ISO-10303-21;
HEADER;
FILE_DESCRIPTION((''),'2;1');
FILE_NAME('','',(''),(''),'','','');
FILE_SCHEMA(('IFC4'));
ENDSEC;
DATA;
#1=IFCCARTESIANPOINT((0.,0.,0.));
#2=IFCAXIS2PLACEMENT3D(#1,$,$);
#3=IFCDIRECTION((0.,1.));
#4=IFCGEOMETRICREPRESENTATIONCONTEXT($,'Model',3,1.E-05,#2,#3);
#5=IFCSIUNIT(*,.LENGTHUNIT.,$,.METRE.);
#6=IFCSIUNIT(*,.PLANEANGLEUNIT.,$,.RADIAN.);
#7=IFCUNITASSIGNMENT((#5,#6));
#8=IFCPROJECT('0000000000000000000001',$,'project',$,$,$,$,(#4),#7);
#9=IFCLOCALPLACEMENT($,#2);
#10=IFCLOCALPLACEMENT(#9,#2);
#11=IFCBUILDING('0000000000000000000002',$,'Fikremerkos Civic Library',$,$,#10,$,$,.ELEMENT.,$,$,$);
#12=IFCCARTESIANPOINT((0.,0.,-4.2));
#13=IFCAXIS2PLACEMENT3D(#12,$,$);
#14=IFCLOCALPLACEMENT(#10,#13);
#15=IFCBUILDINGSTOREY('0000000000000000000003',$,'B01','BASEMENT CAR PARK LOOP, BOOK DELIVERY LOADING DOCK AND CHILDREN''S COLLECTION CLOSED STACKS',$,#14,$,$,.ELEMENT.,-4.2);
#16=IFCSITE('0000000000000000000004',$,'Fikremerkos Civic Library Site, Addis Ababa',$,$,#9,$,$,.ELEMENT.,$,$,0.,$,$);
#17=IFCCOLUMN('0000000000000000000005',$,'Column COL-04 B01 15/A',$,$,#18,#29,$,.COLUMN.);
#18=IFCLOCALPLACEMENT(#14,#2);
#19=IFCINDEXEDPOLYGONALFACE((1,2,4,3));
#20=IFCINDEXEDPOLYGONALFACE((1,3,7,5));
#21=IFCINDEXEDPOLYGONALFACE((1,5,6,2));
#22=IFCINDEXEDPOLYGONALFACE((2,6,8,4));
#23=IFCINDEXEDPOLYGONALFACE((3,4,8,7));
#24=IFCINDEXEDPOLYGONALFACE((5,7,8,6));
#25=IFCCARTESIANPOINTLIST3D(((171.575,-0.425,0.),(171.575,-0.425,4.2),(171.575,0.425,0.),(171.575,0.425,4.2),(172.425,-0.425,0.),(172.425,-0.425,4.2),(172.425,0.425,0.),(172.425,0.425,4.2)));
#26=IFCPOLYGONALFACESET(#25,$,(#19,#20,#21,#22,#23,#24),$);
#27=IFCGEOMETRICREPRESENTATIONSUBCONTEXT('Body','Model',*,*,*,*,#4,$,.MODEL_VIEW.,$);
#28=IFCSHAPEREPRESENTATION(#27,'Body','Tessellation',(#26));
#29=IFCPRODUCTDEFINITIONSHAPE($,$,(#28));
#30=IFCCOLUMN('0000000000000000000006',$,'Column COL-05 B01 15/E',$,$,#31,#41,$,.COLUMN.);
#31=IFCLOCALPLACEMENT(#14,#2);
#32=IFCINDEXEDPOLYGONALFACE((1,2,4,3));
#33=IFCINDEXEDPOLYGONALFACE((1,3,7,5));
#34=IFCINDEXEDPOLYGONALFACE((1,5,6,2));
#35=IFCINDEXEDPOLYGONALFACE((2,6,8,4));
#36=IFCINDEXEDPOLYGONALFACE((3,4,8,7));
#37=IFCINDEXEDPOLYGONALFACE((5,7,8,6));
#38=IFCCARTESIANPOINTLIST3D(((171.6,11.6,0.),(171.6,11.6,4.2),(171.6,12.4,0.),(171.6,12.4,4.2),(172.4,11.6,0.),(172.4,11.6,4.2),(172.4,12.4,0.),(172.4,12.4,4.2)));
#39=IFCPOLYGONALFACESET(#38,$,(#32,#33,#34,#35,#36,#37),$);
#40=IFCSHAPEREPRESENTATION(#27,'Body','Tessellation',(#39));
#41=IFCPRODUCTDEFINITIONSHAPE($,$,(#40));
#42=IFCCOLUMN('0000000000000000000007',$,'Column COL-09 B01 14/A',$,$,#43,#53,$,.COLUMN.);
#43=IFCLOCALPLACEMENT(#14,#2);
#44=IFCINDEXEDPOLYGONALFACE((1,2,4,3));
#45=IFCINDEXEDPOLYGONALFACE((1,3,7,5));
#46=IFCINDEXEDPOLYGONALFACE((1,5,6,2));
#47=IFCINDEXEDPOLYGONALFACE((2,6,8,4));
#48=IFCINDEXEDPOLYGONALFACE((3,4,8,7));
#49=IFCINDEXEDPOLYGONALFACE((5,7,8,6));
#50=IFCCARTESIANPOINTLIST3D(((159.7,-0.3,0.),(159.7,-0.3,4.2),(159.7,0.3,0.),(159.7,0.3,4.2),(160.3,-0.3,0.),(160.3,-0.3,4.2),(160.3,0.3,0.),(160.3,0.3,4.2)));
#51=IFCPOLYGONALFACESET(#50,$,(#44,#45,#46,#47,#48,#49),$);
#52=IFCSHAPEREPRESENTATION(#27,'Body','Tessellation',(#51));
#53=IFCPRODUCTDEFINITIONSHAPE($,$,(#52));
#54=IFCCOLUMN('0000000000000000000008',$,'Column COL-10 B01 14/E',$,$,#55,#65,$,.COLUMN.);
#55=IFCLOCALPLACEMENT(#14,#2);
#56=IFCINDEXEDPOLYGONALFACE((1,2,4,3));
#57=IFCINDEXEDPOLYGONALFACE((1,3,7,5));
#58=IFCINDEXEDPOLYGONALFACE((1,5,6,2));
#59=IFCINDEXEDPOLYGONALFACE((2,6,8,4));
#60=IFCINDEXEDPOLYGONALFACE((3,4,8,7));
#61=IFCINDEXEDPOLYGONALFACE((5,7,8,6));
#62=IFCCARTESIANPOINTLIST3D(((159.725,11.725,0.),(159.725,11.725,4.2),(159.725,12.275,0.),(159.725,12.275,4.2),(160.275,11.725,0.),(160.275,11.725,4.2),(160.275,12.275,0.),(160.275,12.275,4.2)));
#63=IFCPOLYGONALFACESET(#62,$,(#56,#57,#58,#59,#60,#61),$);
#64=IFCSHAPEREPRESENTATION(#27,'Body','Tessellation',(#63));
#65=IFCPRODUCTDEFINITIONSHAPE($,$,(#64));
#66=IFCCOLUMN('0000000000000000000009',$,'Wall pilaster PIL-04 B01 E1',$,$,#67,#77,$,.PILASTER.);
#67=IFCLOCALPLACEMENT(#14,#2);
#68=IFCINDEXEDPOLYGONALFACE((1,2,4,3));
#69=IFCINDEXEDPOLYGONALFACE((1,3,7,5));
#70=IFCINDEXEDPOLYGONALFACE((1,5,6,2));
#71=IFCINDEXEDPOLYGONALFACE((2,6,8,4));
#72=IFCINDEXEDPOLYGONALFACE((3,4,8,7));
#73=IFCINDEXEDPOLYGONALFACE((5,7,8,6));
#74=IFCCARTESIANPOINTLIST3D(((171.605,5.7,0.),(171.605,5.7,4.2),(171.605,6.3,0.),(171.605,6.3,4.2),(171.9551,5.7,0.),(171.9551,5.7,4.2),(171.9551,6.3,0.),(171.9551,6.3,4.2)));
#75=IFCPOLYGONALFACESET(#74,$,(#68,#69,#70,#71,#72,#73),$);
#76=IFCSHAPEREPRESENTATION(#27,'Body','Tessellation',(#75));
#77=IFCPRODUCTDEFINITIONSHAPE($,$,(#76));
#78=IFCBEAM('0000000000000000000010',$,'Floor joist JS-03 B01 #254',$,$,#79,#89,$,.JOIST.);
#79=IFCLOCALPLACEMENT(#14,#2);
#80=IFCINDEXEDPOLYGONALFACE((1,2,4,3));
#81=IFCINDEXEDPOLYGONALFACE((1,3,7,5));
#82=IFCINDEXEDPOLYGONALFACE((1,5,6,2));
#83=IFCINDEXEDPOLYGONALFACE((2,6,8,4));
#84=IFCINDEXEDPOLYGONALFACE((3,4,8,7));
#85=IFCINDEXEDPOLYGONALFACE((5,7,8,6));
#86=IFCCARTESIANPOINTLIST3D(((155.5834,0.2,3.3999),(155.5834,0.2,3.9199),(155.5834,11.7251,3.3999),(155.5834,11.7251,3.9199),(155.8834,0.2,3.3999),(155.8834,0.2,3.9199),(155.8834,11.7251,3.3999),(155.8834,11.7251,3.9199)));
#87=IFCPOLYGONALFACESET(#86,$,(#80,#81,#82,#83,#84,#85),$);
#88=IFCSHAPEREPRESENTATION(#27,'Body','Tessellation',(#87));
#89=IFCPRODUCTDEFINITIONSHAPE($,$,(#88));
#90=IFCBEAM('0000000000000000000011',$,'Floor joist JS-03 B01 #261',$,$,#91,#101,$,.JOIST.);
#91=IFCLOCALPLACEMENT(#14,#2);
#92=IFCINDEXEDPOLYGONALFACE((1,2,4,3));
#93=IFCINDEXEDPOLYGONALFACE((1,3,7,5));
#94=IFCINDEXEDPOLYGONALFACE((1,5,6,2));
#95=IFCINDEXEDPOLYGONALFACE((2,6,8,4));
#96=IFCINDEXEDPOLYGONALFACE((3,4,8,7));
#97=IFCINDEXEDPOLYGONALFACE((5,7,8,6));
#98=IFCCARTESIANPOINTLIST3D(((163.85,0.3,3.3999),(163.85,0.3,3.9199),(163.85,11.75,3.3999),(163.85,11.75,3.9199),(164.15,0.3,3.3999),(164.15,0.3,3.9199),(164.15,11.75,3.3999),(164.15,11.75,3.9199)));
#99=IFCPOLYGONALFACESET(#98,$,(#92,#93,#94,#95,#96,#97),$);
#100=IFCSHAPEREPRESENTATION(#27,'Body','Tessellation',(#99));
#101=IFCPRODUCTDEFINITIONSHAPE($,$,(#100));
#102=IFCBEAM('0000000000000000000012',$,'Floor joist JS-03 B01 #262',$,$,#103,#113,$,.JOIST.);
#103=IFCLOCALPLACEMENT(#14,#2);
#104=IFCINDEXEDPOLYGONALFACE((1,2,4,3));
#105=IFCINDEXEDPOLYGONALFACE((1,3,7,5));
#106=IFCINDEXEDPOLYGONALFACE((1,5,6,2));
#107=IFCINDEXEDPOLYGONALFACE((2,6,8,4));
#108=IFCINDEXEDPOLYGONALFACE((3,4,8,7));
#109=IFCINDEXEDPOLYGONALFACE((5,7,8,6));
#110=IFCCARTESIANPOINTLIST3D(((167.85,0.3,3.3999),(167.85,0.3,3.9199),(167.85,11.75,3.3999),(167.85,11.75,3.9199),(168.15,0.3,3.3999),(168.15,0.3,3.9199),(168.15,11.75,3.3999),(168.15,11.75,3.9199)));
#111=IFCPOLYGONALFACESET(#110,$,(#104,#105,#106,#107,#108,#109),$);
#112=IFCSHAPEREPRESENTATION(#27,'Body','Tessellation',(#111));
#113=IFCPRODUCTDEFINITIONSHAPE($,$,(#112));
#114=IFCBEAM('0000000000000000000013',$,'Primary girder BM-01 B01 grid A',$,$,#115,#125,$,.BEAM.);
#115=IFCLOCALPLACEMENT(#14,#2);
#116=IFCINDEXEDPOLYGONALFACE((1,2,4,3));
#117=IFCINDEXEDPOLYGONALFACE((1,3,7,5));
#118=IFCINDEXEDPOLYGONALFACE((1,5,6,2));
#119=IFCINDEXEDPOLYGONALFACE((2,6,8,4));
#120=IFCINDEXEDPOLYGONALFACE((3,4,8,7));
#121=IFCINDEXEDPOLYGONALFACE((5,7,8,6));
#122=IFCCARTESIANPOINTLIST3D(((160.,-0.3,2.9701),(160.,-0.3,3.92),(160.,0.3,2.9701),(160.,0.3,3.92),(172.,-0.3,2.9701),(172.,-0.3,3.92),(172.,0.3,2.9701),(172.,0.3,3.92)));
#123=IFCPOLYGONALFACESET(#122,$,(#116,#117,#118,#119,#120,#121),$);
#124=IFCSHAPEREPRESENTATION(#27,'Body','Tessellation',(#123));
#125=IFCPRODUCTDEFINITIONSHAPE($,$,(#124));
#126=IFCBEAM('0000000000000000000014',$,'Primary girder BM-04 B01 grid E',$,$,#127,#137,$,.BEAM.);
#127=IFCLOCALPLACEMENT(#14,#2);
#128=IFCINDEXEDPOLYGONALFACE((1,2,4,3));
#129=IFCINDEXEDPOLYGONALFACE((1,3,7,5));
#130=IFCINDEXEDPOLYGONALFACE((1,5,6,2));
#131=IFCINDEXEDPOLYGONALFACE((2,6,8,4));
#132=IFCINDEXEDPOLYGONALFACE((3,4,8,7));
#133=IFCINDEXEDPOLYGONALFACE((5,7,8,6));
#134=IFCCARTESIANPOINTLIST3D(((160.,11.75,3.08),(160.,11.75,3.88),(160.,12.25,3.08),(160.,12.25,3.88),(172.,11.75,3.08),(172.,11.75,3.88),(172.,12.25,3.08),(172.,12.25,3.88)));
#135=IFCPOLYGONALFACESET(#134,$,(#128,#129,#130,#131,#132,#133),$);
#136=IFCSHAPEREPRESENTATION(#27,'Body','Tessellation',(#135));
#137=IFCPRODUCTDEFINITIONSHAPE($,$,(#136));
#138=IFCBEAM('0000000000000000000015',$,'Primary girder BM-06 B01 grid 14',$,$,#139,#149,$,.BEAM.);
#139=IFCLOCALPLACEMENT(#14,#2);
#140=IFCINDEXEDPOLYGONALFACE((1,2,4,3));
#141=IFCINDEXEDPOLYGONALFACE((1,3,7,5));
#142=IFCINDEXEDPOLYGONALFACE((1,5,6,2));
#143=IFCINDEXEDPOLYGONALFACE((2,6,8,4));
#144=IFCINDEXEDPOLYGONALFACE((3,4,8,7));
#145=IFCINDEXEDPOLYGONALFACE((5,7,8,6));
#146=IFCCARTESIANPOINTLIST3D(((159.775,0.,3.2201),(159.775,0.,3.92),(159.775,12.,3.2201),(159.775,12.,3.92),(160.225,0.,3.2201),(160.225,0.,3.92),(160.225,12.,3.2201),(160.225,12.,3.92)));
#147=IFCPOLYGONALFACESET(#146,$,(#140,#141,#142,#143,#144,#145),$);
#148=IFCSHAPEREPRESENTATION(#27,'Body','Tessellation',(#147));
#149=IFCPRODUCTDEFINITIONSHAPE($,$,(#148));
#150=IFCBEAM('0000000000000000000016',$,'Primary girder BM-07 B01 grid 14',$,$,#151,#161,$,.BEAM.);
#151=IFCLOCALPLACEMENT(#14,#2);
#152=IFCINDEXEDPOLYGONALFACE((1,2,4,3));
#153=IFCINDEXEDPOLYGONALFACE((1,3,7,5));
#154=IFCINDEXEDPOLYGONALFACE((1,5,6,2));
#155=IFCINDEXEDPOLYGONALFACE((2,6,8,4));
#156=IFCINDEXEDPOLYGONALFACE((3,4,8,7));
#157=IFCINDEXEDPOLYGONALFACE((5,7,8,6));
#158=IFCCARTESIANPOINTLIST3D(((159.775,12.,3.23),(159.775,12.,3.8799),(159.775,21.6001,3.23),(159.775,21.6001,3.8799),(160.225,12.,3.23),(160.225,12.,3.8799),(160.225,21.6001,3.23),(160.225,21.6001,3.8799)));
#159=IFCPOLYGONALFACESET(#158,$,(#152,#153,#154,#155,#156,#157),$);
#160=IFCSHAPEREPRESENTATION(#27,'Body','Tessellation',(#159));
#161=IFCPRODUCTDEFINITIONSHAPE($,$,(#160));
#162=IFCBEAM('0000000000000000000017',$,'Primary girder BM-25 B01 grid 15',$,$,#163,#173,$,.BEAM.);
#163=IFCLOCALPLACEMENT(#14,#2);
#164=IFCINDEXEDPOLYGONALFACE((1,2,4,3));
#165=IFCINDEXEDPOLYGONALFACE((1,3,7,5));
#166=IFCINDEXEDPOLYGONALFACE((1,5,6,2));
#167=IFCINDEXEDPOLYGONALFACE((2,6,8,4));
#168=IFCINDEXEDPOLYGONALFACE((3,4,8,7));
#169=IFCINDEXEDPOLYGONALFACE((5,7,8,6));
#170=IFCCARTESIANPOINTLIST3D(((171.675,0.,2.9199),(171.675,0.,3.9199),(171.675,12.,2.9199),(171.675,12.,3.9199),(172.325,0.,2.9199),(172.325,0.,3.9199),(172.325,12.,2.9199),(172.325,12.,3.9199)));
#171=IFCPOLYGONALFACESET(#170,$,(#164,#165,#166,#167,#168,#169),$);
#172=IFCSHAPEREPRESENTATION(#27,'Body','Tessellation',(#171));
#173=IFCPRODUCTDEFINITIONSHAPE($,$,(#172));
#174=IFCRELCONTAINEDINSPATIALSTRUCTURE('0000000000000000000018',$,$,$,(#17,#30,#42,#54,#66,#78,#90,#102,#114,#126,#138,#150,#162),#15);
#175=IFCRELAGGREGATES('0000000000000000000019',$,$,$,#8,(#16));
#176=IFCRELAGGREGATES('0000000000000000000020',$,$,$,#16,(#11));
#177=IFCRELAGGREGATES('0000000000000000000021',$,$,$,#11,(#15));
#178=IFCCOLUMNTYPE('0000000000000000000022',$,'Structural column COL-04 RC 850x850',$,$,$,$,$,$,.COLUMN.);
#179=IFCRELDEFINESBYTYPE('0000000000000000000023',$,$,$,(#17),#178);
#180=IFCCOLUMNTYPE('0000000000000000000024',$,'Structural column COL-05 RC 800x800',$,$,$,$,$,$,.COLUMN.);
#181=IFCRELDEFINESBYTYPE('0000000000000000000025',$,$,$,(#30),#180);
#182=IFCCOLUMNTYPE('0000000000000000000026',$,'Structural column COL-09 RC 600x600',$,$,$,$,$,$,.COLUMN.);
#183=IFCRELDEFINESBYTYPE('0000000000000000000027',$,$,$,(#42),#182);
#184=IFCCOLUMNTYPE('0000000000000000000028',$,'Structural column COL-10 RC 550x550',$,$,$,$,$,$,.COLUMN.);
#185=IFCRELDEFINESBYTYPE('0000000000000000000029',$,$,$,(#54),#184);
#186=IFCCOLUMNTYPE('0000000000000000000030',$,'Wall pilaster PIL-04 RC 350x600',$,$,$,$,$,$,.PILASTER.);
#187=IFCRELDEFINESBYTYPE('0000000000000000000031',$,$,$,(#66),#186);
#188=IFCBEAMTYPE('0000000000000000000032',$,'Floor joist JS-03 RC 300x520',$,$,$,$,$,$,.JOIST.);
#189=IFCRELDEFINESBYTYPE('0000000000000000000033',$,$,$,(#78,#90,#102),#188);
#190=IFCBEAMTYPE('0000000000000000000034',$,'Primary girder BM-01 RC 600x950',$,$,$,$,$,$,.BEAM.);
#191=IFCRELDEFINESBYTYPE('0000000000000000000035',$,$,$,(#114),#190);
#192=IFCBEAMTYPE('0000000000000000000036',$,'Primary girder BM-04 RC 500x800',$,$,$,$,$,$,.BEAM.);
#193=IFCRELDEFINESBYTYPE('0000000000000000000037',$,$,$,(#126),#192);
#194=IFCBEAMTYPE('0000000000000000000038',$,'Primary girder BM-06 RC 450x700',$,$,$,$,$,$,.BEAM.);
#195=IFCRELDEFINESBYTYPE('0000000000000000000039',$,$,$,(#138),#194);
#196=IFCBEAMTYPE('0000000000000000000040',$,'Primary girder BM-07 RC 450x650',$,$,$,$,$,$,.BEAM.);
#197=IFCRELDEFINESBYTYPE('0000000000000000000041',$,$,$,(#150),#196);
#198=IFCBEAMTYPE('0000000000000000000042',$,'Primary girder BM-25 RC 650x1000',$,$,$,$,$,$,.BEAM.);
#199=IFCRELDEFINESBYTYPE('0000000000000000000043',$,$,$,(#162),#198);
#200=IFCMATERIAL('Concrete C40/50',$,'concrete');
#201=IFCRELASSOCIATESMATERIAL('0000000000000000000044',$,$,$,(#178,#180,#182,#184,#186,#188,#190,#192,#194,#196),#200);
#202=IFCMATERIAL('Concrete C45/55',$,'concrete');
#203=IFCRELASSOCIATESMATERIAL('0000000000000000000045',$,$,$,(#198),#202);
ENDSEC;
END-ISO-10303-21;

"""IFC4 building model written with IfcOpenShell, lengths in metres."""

from ifc_helpers import new_model, si_unit, direction, frame, origin, origin_2d, place, context, subcontext, project, spatial, rectangle, extrude, material, material_profile, profile_set, type_object, element, save


model = new_model("IFC4")

# Units and contexts
model_context = context("Model", 3, precision=1e-05, world=origin(), true_north=direction((0.0, 1.0)))
body_context = subcontext(model_context, "Body", "Model", "MODEL_VIEW")
ifc_project = project(units=[si_unit("LENGTHUNIT", "METRE"), si_unit("PLANEANGLEUNIT", "RADIAN")], contexts=[model_context])

# Site, building, storey
site_placement = place(None, origin())
site = spatial("IfcSite", under=ifc_project, at=site_placement, Name="Fikremerkos Civic Library Site, Addis Ababa", CompositionType="ELEMENT", RefElevation=0.0)
building_placement = place(site_placement, origin())
building = spatial("IfcBuilding", under=site, at=building_placement, Name="Fikremerkos Civic Library", CompositionType="ELEMENT")
storey_placement = place(building_placement, frame((0.0, 0.0, -4.2)))
storey = spatial("IfcBuildingStorey", under=building, at=storey_placement, Name="B01", Description="BASEMENT CAR PARK LOOP, BOOK DELIVERY LOADING DOCK AND CHILDREN'S COLLECTION CLOSED STACKS", CompositionType="ELEMENT", Elevation=-4.2)

# Columns
ifc_material_1 = material(Name="Concrete C40/50", Category="concrete")
ifc_material_profile_1 = material_profile(ifc_material_1, rectangle(XDim=0.8501, YDim=0.8501, at=origin_2d()), Name="RC 850x850")
ifc_profile_set_1 = profile_set([ifc_material_profile_1], Name="Concrete C40/50")
column_type_1 = type_object("IfcColumnType", Name="Structural column COL-04 RC 850x850", PredefinedType="COLUMN", material=ifc_profile_set_1)
column_1_placement = place(storey_placement, frame((172.0, 0.0, 0.0), z_axis=(0.0, 0.0, 1.0), x_axis=(1.0, 0.0, 0.0)))
element("IfcColumn", 1, at=column_1_placement, inside=storey, type_object=column_type_1, Name="Column COL-04 B01 15/A", PredefinedType="COLUMN", context=body_context, shape_type="SweptSolid", body=[
    extrude(rectangle(XDim=0.8501, YDim=0.8501, at=origin_2d()), origin(), (0.0, 0.0, 1.0), 4.2),
])
ifc_material_profile_2 = material_profile(ifc_material_1, rectangle(XDim=0.8, YDim=0.8, at=origin_2d()), Name="RC 800x800")
ifc_profile_set_2 = profile_set([ifc_material_profile_2], Name="Concrete C40/50")
column_type_2 = type_object("IfcColumnType", Name="Structural column COL-05 RC 800x800", PredefinedType="COLUMN", material=ifc_profile_set_2)
column_2_placement = place(storey_placement, frame((172.0, 12.0, 0.0), z_axis=(0.0, 0.0, 1.0), x_axis=(1.0, 0.0, 0.0)))
element("IfcColumn", 2, at=column_2_placement, inside=storey, type_object=column_type_2, Name="Column COL-05 B01 15/E", PredefinedType="COLUMN", context=body_context, shape_type="SweptSolid", body=[
    extrude(rectangle(XDim=0.8, YDim=0.8, at=origin_2d()), origin(), (0.0, 0.0, 1.0), 4.2),
])
ifc_material_profile_3 = material_profile(ifc_material_1, rectangle(XDim=0.6001, YDim=0.6001, at=origin_2d()), Name="RC 600x600")
ifc_profile_set_3 = profile_set([ifc_material_profile_3], Name="Concrete C40/50")
column_type_3 = type_object("IfcColumnType", Name="Structural column COL-09 RC 600x600", PredefinedType="COLUMN", material=ifc_profile_set_3)
column_3_placement = place(storey_placement, frame((160.0, 0.0, 0.0), z_axis=(0.0, 0.0, 1.0), x_axis=(1.0, 0.0, 0.0)))
element("IfcColumn", 3, at=column_3_placement, inside=storey, type_object=column_type_3, Name="Column COL-09 B01 14/A", PredefinedType="COLUMN", context=body_context, shape_type="SweptSolid", body=[
    extrude(rectangle(XDim=0.6001, YDim=0.6001, at=origin_2d()), origin(), (0.0, 0.0, 1.0), 4.2),
])
ifc_material_profile_4 = material_profile(ifc_material_1, rectangle(XDim=0.55, YDim=0.55, at=origin_2d()), Name="RC 550x550")
ifc_profile_set_4 = profile_set([ifc_material_profile_4], Name="Concrete C40/50")
column_type_4 = type_object("IfcColumnType", Name="Structural column COL-10 RC 550x550", PredefinedType="COLUMN", material=ifc_profile_set_4)
column_4_placement = place(storey_placement, frame((160.0, 12.0, 0.0), z_axis=(0.0, 0.0, 1.0), x_axis=(1.0, 0.0, 0.0)))
element("IfcColumn", 4, at=column_4_placement, inside=storey, type_object=column_type_4, Name="Column COL-10 B01 14/E", PredefinedType="COLUMN", context=body_context, shape_type="SweptSolid", body=[
    extrude(rectangle(XDim=0.55, YDim=0.55, at=origin_2d()), origin(), (0.0, 0.0, 1.0), 4.2),
])
ifc_material_profile_5 = material_profile(ifc_material_1, rectangle(XDim=0.3501, YDim=0.6001, at=origin_2d()), Name="RC 350x600")
ifc_profile_set_5 = profile_set([ifc_material_profile_5], Name="Concrete C40/50")
column_type_5 = type_object("IfcColumnType", Name="Wall pilaster PIL-04 RC 350x600", PredefinedType="PILASTER", material=ifc_profile_set_5)
column_5_placement = place(storey_placement, frame((171.78, 6.0, 0.0), z_axis=(0.0, 0.0, 1.0), x_axis=(1.0, 0.0, 0.0)))
element("IfcColumn", 5, at=column_5_placement, inside=storey, type_object=column_type_5, Name="Wall pilaster PIL-04 B01 E1", PredefinedType="PILASTER", context=body_context, shape_type="SweptSolid", body=[
    extrude(rectangle(XDim=0.3501, YDim=0.6001, at=origin_2d()), origin(), (0.0, 0.0, 1.0), 4.2),
])

# Beams
ifc_material_profile_6 = material_profile(ifc_material_1, rectangle(XDim=0.3, YDim=0.52, at=origin_2d()), Name="RC 300x520")
ifc_profile_set_6 = profile_set([ifc_material_profile_6], Name="Concrete C40/50")
beam_type_1 = type_object("IfcBeamType", Name="Floor joist JS-03 RC 300x520", PredefinedType="JOIST", material=ifc_profile_set_6)
beam_1_placement = place(storey_placement, frame((155.7334, 0.2, 3.6599), z_axis=(0.0, 1.0, 0.0), x_axis=(-1.0, 0.0, 0.0)))
element("IfcBeam", 6, at=beam_1_placement, inside=storey, type_object=beam_type_1, Name="Floor joist JS-03 B01 #254", PredefinedType="JOIST", context=body_context, shape_type="SweptSolid", body=[
    extrude(rectangle(XDim=0.3, YDim=0.52, at=origin_2d()), origin(), (0.0, 0.0, 1.0), 11.5251),
])
for number, where, z_axis, x_axis, name in (
    (7, (164.0, 0.3, 3.6599), (0.0, 1.0, 0.0), (-1.0, 0.0, 0.0), "Floor joist JS-03 B01 #261"),
    (8, (168.0, 0.3, 3.6599), (0.0, 1.0, 0.0), (-1.0, 0.0, 0.0), "Floor joist JS-03 B01 #262"),
):
    element("IfcBeam", number, at=place(storey_placement, frame(where, z_axis=z_axis, x_axis=x_axis)), inside=storey, type_object=beam_type_1, Name=name, PredefinedType="JOIST", context=body_context, shape_type="SweptSolid", body=[
        extrude(rectangle(XDim=0.3, YDim=0.52, at=origin_2d()), origin(), (0.0, 0.0, 1.0), 11.45),
    ])
ifc_material_profile_7 = material_profile(ifc_material_1, rectangle(XDim=0.6001, YDim=0.95, at=origin_2d()), Name="RC 600x950")
ifc_profile_set_7 = profile_set([ifc_material_profile_7], Name="Concrete C40/50")
beam_type_2 = type_object("IfcBeamType", Name="Primary girder BM-01 RC 600x950", PredefinedType="BEAM", material=ifc_profile_set_7)
beam_2_placement = place(storey_placement, frame((160.0, 0.0, 3.4451), z_axis=(1.0, 0.0, 0.0), x_axis=(0.0, 1.0, 0.0)))
element("IfcBeam", 9, at=beam_2_placement, inside=storey, type_object=beam_type_2, Name="Primary girder BM-01 B01 grid A", PredefinedType="BEAM", context=body_context, shape_type="SweptSolid", body=[
    extrude(rectangle(XDim=0.6001, YDim=0.95, at=origin_2d()), origin(), (0.0, 0.0, 1.0), 12.0),
])
ifc_material_profile_8 = material_profile(ifc_material_1, rectangle(XDim=0.5, YDim=0.8, at=origin_2d()), Name="RC 500x800")
ifc_profile_set_8 = profile_set([ifc_material_profile_8], Name="Concrete C40/50")
beam_type_3 = type_object("IfcBeamType", Name="Primary girder BM-04 RC 500x800", PredefinedType="BEAM", material=ifc_profile_set_8)
beam_3_placement = place(storey_placement, frame((160.0, 12.0, 3.48), z_axis=(1.0, 0.0, 0.0), x_axis=(0.0, 1.0, 0.0)))
element("IfcBeam", 10, at=beam_3_placement, inside=storey, type_object=beam_type_3, Name="Primary girder BM-04 B01 grid E", PredefinedType="BEAM", context=body_context, shape_type="SweptSolid", body=[
    extrude(rectangle(XDim=0.5, YDim=0.8, at=origin_2d()), origin(), (0.0, 0.0, 1.0), 12.0),
])
ifc_material_profile_9 = material_profile(ifc_material_1, rectangle(XDim=0.45, YDim=0.7, at=origin_2d()), Name="RC 450x700")
ifc_profile_set_9 = profile_set([ifc_material_profile_9], Name="Concrete C40/50")
beam_type_4 = type_object("IfcBeamType", Name="Primary girder BM-06 RC 450x700", PredefinedType="BEAM", material=ifc_profile_set_9)
beam_4_placement = place(storey_placement, frame((160.0, 0.0, 3.5701), z_axis=(0.0, 1.0, 0.0), x_axis=(-1.0, 0.0, 0.0)))
element("IfcBeam", 11, at=beam_4_placement, inside=storey, type_object=beam_type_4, Name="Primary girder BM-06 B01 grid 14", PredefinedType="BEAM", context=body_context, shape_type="SweptSolid", body=[
    extrude(rectangle(XDim=0.45, YDim=0.7, at=origin_2d()), origin(), (0.0, 0.0, 1.0), 12.0),
])
ifc_material_profile_10 = material_profile(ifc_material_1, rectangle(XDim=0.45, YDim=0.6499, at=origin_2d()), Name="RC 450x650")
ifc_profile_set_10 = profile_set([ifc_material_profile_10], Name="Concrete C40/50")
beam_type_5 = type_object("IfcBeamType", Name="Primary girder BM-07 RC 450x650", PredefinedType="BEAM", material=ifc_profile_set_10)
beam_5_placement = place(storey_placement, frame((160.0, 12.0, 3.5549), z_axis=(0.0, 1.0, 0.0), x_axis=(-1.0, 0.0, 0.0)))
element("IfcBeam", 12, at=beam_5_placement, inside=storey, type_object=beam_type_5, Name="Primary girder BM-07 B01 grid 14", PredefinedType="BEAM", context=body_context, shape_type="SweptSolid", body=[
    extrude(rectangle(XDim=0.45, YDim=0.6499, at=origin_2d()), origin(), (0.0, 0.0, 1.0), 9.6001),
])
ifc_material_2 = material(Name="Concrete C45/55", Category="concrete")
ifc_material_profile_11 = material_profile(ifc_material_2, rectangle(XDim=0.6499, YDim=1.0, at=origin_2d()), Name="RC 650x1000")
ifc_profile_set_11 = profile_set([ifc_material_profile_11], Name="Concrete C45/55")
beam_type_6 = type_object("IfcBeamType", Name="Primary girder BM-25 RC 650x1000", PredefinedType="BEAM", material=ifc_profile_set_11)
beam_6_placement = place(storey_placement, frame((172.0, 0.0, 3.4199), z_axis=(0.0, 1.0, 0.0), x_axis=(-1.0, 0.0, 0.0)))
element("IfcBeam", 13, at=beam_6_placement, inside=storey, type_object=beam_type_6, Name="Primary girder BM-25 B01 grid 15", PredefinedType="BEAM", context=body_context, shape_type="SweptSolid", body=[
    extrude(rectangle(XDim=0.6499, YDim=1.0, at=origin_2d()), origin(), (0.0, 0.0, 1.0), 12.0),
])

save(model, "model.ifc")
